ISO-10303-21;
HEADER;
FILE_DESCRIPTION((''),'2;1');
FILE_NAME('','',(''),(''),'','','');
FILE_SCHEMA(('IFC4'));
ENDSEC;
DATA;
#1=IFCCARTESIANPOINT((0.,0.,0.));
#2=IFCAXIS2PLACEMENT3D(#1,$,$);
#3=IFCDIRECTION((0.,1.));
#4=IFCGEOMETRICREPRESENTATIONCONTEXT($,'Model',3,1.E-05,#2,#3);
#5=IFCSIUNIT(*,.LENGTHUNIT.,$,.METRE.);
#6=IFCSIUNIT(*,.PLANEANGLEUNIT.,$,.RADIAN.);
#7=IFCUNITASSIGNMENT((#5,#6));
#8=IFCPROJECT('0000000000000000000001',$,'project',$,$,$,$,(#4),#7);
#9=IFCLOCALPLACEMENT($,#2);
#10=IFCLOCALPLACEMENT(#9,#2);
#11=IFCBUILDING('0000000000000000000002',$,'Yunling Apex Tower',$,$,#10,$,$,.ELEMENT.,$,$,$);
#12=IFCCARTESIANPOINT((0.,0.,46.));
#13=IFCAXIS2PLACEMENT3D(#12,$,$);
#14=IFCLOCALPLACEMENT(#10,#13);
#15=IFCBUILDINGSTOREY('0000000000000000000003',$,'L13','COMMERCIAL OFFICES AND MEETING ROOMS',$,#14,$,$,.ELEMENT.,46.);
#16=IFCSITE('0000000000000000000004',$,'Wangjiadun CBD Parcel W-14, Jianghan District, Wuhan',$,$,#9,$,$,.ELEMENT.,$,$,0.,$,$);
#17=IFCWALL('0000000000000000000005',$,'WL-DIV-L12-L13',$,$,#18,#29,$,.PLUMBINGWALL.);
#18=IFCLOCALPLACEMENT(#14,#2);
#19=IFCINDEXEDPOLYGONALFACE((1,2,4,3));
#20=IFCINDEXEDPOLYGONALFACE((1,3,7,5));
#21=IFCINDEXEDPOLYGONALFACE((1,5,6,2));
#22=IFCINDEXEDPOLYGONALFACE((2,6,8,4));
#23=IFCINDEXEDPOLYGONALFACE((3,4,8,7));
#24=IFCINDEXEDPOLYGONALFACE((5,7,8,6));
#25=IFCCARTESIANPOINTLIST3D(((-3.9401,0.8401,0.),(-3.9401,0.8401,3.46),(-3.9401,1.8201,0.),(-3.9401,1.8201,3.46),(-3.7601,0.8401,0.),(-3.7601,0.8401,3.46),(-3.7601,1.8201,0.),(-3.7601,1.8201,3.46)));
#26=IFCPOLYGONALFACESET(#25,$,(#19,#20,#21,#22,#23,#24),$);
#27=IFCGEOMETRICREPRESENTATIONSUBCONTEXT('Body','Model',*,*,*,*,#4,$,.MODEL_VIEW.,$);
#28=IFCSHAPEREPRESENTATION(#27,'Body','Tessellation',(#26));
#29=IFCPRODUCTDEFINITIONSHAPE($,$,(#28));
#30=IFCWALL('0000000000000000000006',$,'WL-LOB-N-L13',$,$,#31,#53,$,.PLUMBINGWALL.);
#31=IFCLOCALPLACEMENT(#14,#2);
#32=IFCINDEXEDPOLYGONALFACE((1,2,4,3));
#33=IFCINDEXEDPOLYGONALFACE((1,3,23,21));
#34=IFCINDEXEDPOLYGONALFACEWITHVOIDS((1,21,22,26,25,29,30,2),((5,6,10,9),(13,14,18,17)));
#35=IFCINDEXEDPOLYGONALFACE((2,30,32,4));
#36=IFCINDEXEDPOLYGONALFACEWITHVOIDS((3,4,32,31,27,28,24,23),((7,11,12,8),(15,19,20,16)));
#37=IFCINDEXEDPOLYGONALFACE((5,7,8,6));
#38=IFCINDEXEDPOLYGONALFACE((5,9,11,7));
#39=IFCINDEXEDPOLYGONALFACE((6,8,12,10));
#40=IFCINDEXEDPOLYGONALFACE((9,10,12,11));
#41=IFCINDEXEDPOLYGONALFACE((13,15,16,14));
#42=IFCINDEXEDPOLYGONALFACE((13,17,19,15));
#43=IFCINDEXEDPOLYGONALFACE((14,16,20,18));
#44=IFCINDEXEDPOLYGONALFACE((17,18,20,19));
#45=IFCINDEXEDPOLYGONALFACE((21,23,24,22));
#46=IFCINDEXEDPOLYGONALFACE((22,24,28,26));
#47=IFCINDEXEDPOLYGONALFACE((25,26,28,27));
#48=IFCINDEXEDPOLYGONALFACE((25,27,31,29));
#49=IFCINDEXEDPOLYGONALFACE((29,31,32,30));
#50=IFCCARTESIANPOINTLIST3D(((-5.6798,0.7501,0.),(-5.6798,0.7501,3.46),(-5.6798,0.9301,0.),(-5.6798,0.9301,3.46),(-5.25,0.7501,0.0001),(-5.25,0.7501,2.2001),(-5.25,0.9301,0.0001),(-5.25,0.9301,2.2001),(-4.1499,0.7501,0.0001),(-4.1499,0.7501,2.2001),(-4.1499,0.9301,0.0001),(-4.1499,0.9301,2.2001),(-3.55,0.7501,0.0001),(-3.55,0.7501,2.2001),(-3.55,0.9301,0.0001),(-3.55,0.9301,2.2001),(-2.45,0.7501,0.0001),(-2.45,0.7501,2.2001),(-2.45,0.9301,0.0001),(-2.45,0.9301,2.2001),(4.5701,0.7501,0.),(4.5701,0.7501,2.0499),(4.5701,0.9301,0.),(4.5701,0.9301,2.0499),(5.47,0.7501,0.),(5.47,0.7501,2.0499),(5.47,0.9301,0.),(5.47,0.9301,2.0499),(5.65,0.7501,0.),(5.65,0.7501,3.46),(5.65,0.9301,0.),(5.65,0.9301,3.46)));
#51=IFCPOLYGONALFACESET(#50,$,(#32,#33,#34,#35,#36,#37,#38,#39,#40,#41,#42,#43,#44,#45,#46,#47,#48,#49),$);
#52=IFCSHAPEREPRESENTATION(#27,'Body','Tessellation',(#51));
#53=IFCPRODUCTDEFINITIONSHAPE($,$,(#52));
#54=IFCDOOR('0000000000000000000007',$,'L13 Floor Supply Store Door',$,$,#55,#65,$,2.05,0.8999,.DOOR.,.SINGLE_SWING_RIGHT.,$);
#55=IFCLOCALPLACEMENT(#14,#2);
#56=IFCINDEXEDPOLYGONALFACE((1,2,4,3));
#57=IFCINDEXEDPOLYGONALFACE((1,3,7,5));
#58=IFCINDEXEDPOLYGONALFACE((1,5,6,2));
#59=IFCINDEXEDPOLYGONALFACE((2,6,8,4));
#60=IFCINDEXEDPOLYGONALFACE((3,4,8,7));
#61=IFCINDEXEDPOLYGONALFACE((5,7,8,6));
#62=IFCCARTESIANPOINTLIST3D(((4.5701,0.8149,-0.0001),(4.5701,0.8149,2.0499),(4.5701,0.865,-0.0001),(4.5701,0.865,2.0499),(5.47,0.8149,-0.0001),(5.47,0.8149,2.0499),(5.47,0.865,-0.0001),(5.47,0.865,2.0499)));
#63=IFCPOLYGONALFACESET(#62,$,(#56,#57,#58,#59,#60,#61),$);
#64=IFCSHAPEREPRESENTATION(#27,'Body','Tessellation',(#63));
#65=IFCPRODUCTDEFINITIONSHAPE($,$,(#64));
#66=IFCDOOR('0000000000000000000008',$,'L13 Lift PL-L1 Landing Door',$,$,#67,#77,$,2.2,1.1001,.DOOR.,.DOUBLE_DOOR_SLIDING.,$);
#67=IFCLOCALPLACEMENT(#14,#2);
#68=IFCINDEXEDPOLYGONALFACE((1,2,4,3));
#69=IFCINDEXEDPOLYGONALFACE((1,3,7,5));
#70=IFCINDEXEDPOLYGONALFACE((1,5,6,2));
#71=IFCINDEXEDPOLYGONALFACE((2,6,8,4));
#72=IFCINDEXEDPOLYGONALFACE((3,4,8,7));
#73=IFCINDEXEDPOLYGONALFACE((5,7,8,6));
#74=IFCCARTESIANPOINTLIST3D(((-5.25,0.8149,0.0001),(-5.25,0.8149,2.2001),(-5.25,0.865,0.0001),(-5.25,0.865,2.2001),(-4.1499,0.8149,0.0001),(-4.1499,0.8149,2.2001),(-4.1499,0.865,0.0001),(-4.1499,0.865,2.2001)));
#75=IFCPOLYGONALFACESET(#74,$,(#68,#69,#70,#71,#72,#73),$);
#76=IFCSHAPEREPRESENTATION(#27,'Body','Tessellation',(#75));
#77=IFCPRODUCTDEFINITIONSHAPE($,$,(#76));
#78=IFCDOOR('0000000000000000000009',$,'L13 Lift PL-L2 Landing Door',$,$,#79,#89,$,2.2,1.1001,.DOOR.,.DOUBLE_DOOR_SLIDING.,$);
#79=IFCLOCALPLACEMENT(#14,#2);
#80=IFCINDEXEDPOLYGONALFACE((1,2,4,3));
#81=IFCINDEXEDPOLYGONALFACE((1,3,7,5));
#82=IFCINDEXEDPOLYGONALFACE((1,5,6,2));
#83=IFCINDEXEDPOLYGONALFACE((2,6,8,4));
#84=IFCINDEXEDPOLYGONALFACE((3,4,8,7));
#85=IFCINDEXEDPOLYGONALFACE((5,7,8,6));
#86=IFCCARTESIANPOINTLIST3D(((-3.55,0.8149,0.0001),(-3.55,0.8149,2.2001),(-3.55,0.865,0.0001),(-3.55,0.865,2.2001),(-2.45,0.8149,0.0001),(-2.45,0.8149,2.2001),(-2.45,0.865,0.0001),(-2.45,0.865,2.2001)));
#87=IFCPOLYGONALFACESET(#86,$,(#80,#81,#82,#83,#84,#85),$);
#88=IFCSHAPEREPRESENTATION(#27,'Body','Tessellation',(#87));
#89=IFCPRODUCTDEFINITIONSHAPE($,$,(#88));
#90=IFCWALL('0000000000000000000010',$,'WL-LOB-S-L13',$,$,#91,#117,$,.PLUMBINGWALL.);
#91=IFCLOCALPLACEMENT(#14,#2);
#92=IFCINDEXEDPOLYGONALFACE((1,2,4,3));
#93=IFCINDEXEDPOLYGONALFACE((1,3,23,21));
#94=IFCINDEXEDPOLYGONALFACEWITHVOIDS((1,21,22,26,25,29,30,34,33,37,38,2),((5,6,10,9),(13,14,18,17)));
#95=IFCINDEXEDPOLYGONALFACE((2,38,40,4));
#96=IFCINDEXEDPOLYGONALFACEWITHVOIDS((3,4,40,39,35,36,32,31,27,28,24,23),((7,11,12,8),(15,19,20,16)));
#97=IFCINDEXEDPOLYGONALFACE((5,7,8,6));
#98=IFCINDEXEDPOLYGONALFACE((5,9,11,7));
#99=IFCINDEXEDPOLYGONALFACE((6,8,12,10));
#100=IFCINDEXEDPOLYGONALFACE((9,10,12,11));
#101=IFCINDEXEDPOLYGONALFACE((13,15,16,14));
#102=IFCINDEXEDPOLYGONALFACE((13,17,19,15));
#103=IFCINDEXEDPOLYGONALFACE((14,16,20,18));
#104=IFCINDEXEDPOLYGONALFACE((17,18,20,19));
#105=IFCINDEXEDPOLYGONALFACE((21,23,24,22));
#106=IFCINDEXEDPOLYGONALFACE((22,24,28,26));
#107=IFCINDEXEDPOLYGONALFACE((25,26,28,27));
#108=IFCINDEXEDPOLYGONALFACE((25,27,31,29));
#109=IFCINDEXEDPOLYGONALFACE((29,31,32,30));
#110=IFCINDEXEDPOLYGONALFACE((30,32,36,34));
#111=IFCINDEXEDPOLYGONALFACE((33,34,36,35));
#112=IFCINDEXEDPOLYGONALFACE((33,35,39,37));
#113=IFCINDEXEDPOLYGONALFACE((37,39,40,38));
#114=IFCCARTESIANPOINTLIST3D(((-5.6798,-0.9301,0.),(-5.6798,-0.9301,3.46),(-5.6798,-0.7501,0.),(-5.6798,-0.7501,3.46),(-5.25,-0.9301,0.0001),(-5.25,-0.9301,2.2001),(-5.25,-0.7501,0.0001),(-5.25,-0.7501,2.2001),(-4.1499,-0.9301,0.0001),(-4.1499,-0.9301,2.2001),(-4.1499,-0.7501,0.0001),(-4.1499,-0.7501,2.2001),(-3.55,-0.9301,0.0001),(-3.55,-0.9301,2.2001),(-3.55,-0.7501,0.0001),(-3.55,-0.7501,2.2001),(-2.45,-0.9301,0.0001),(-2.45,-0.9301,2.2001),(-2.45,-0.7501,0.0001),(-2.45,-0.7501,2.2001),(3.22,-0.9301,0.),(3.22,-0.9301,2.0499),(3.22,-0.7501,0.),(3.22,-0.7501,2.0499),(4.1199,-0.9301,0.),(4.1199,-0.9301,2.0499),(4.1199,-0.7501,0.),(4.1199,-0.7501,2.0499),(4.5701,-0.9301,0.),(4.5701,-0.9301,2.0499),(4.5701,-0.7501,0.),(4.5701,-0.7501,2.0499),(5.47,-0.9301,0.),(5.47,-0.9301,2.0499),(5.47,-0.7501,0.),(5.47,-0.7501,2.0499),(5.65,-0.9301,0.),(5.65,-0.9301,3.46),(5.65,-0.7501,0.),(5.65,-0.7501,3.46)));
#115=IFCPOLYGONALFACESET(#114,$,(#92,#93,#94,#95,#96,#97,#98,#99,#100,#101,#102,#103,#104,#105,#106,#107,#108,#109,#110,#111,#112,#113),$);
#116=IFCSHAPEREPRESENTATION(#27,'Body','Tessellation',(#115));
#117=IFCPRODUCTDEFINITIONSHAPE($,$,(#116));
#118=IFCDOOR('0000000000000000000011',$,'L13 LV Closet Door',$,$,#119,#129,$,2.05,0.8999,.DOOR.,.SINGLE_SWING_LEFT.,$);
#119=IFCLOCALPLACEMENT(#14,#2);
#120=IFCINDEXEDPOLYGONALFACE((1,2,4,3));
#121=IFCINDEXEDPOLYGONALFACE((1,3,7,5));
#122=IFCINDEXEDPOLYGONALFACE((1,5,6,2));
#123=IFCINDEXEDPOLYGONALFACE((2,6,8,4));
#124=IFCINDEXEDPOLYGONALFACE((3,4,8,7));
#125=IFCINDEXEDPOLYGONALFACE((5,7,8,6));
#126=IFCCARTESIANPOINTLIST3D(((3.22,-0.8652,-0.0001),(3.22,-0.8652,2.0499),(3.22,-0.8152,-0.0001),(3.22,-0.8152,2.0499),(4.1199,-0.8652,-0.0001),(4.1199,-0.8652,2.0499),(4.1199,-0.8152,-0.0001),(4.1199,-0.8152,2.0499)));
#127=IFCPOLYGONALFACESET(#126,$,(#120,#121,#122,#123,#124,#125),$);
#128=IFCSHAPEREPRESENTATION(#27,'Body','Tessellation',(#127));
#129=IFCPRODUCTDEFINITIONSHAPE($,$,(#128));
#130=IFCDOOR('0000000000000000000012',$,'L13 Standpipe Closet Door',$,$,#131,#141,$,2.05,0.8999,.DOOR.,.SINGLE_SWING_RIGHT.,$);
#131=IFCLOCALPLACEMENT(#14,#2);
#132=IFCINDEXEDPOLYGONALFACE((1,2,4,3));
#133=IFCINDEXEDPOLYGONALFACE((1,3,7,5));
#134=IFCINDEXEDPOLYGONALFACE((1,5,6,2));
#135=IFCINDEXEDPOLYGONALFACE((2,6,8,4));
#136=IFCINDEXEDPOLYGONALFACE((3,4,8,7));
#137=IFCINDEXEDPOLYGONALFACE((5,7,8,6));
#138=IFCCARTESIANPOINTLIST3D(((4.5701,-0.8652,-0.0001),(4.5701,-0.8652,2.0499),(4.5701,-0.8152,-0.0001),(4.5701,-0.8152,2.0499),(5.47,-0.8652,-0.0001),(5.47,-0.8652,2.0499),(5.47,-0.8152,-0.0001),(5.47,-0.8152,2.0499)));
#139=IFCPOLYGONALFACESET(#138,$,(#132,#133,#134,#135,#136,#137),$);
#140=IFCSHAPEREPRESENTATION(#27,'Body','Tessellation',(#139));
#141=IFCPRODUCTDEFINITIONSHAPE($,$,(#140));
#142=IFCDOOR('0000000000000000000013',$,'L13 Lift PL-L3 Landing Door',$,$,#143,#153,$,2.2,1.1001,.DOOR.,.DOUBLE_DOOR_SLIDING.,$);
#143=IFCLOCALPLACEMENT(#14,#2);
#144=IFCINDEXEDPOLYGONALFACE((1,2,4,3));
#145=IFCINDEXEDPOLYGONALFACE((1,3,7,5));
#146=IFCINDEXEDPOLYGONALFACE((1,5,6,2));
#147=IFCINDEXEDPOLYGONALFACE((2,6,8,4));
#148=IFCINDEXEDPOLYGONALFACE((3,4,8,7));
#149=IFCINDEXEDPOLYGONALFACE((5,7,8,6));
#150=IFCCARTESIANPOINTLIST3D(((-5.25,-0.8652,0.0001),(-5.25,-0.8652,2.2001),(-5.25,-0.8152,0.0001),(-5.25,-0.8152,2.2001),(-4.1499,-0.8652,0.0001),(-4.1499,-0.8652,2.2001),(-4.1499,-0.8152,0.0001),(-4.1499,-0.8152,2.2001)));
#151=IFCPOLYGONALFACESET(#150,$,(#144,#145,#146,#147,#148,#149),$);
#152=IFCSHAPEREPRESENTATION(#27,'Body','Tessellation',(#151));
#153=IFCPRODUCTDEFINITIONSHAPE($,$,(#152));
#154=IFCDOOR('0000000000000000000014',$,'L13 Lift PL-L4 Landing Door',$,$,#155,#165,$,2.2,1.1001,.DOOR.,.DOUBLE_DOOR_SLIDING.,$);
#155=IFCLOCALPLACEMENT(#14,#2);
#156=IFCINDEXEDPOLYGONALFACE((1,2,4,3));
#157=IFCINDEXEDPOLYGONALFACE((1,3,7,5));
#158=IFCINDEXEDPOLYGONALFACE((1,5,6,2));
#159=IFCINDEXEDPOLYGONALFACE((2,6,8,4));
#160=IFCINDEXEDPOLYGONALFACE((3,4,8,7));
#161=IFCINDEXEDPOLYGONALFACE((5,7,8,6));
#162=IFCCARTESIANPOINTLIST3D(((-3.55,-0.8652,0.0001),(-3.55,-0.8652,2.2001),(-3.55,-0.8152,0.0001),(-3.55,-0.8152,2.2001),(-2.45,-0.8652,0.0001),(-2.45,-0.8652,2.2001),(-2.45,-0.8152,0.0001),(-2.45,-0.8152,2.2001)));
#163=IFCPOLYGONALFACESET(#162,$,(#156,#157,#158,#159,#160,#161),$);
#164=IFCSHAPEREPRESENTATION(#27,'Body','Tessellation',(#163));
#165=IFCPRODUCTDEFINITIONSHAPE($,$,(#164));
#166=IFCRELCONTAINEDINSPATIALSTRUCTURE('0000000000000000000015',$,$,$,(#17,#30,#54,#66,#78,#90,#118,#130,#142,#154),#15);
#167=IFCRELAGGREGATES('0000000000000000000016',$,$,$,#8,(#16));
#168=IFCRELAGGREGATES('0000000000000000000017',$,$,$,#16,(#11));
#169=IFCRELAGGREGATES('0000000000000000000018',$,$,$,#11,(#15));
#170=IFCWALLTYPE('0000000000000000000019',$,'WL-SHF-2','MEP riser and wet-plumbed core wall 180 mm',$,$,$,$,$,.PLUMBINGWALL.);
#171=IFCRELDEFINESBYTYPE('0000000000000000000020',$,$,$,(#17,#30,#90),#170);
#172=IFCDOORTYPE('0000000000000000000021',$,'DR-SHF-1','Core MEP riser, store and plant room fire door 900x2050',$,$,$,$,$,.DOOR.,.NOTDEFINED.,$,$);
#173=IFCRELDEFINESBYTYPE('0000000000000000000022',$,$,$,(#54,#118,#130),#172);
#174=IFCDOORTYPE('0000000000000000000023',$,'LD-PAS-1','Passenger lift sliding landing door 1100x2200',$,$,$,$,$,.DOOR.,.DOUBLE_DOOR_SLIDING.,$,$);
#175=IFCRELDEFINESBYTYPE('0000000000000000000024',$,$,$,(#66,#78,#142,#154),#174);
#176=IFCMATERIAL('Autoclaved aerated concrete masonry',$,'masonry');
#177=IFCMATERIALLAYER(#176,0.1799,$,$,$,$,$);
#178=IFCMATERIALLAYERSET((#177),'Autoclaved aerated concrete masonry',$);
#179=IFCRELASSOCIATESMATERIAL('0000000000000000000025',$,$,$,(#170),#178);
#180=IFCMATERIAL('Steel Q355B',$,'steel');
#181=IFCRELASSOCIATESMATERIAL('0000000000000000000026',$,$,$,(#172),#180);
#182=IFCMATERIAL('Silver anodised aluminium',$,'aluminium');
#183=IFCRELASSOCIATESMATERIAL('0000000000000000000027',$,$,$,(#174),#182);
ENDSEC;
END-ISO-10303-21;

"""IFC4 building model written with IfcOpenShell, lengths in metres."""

from ifc_helpers import new_model, si_unit, direction, frame, frame_2d, origin, place, context, subcontext, project, spatial, rectangle, extrude, material, layer, layer_set, type_object, element, fill, save


model = new_model("IFC4")

# Units and contexts
model_context = context("Model", 3, precision=1e-05, world=origin(), true_north=direction((0.0, 1.0)))
body_context = subcontext(model_context, "Body", "Model", "MODEL_VIEW")
ifc_project = project(units=[si_unit("LENGTHUNIT", "METRE"), si_unit("PLANEANGLEUNIT", "RADIAN")], contexts=[model_context])

# Site, building, storey
site_placement = place(None, origin())
site = spatial("IfcSite", under=ifc_project, at=site_placement, Name="Wangjiadun CBD Parcel W-14, Jianghan District, Wuhan", CompositionType="ELEMENT", RefElevation=0.0)
building_placement = place(site_placement, origin())
building = spatial("IfcBuilding", under=site, at=building_placement, Name="Yunling Apex Tower", CompositionType="ELEMENT")
storey_placement = place(building_placement, frame((0.0, 0.0, 46.0)))
storey = spatial("IfcBuildingStorey", under=building, at=storey_placement, Name="L13", Description="COMMERCIAL OFFICES AND MEETING ROOMS", CompositionType="ELEMENT", Elevation=46.0)

# Shared definitions
ifc_material_1 = material(Name="Steel Q355B", Category="steel")

# Shared definitions
ifc_material_2 = material(Name="Autoclaved aerated concrete masonry", Category="masonry")

# Wall
ifc_layer_1 = layer(ifc_material_2, 0.1799)
ifc_layer_set_1 = layer_set([ifc_layer_1], Name="Autoclaved aerated concrete masonry")
wall_type_1 = type_object("IfcWallType", Name="WL-SHF-2", Description="MEP riser and wet-plumbed core wall 180 mm", PredefinedType="PLUMBINGWALL", material=ifc_layer_set_1)
wall_1_placement = place(storey_placement, frame((-3.8501, 0.8401, 0.0), z_axis=(0.0, 0.0, 1.0), x_axis=(0.0, 1.0, 0.0)))
element("IfcWall", 1, at=wall_1_placement, inside=storey, type_object=wall_type_1, Name="WL-DIV-L12-L13", PredefinedType="PLUMBINGWALL", context=body_context, shape_type="SweptSolid", body=[
    extrude(rectangle(XDim=0.98, YDim=0.1799, at=frame_2d((0.49, 0.0))), origin(), (0.0, 0.0, 1.0), 3.46),
])

# Walls, openings, doors
wall_2_placement = place(storey_placement, frame((-5.6799, 0.8401, 0.0), z_axis=(0.0, 0.0, 1.0), x_axis=(1.0, 0.0, 0.0)))
wall_2 = element("IfcWall", 2, at=wall_2_placement, inside=storey, type_object=wall_type_1, Name="WL-LOB-N-L13", PredefinedType="PLUMBINGWALL", context=body_context, shape_type="SweptSolid", body=[
    extrude(rectangle(XDim=11.3298, YDim=0.1799, at=frame_2d((5.665, 0.0))), origin(), (0.0, 0.0, 1.0), 3.46),
])
opening_1_placement = place(wall_2_placement, frame((0.4299, 0.0, 0.0)))
opening_1 = element("IfcOpeningElement", 3, at=opening_1_placement, cuts=wall_2, PredefinedType="OPENING", context=body_context, shape_type="SweptSolid", body=[
    extrude(rectangle(XDim=1.1001, YDim=2.2, at=frame_2d((0.55, 1.1001))), frame((0.0, 0.1001, 0.0), z_axis=(0.0, -1.0, 0.0), x_axis=(1.0, 0.0, 0.0)), (0.0, 0.0, 1.0), 0.2),
])
opening_2_placement = place(wall_2_placement, frame((2.1299, 0.0, 0.0)))
opening_2 = element("IfcOpeningElement", 4, at=opening_2_placement, cuts=wall_2, PredefinedType="OPENING", context=body_context, shape_type="SweptSolid", body=[
    extrude(rectangle(XDim=1.1001, YDim=2.2, at=frame_2d((0.55, 1.1001))), frame((0.0, 0.1001, 0.0), z_axis=(0.0, -1.0, 0.0), x_axis=(1.0, 0.0, 0.0)), (0.0, 0.0, 1.0), 0.2),
])
opening_3_placement = place(wall_2_placement, frame((10.25, 0.0, 0.0)))
opening_3 = element("IfcOpeningElement", 5, at=opening_3_placement, cuts=wall_2, PredefinedType="OPENING", context=body_context, shape_type="SweptSolid", body=[
    extrude(rectangle(XDim=0.8999, YDim=2.05, at=frame_2d((0.45, 1.0249))), frame((0.0, 0.1001, 0.0), z_axis=(0.0, -1.0, 0.0), x_axis=(1.0, 0.0, 0.0)), (0.0, 0.0, 1.0), 0.2),
])
door_type_1 = type_object("IfcDoorType", Name="DR-SHF-1", Description="Core MEP riser, store and plant room fire door 900x2050", OperationType="NOTDEFINED", PredefinedType="DOOR", material=ifc_material_1)
door_1_placement = place(opening_3_placement, origin())
door_1 = element("IfcDoor", 6, at=door_1_placement, inside=storey, type_object=door_type_1, Name="L13 Floor Supply Store Door", OperationType="SINGLE_SWING_RIGHT", OverallHeight=2.05, OverallWidth=0.8999, PredefinedType="DOOR", context=body_context, shape_type="SweptSolid", body=[
    extrude(rectangle(XDim=0.8999, YDim=2.05, at=frame_2d((0.45, 1.0249))), frame((0.0, 0.0249, 0.0), z_axis=(0.0, -1.0, 0.0), x_axis=(1.0, 0.0, 0.0)), (0.0, 0.0, 1.0), 0.05),
])
fill(opening_3, door_1)
ifc_material_3 = material(Name="Silver anodised aluminium", Category="aluminium")
door_type_2 = type_object("IfcDoorType", Name="LD-PAS-1", Description="Passenger lift sliding landing door 1100x2200", OperationType="DOUBLE_DOOR_SLIDING", PredefinedType="DOOR", material=ifc_material_3)
door_2_placement = place(opening_1_placement, origin())
door_2 = element("IfcDoor", 7, at=door_2_placement, inside=storey, type_object=door_type_2, Name="L13 Lift PL-L1 Landing Door", OperationType="DOUBLE_DOOR_SLIDING", OverallHeight=2.2, OverallWidth=1.1001, PredefinedType="DOOR", context=body_context, shape_type="SweptSolid", body=[
    extrude(rectangle(XDim=1.1001, YDim=2.2, at=frame_2d((0.55, 1.1001))), frame((0.0, 0.0249, 0.0), z_axis=(0.0, -1.0, 0.0), x_axis=(1.0, 0.0, 0.0)), (0.0, 0.0, 1.0), 0.05),
])
fill(opening_1, door_2)
door_3_placement = place(opening_2_placement, origin())
door_3 = element("IfcDoor", 8, at=door_3_placement, inside=storey, type_object=door_type_2, Name="L13 Lift PL-L2 Landing Door", OperationType="DOUBLE_DOOR_SLIDING", OverallHeight=2.2, OverallWidth=1.1001, PredefinedType="DOOR", context=body_context, shape_type="SweptSolid", body=[
    extrude(rectangle(XDim=1.1001, YDim=2.2, at=frame_2d((0.55, 1.1001))), frame((0.0, 0.0249, 0.0), z_axis=(0.0, -1.0, 0.0), x_axis=(1.0, 0.0, 0.0)), (0.0, 0.0, 1.0), 0.05),
])
fill(opening_2, door_3)
wall_3_placement = place(storey_placement, frame((-5.6799, -0.8401, 0.0), z_axis=(0.0, 0.0, 1.0), x_axis=(1.0, 0.0, 0.0)))
wall_3 = element("IfcWall", 9, at=wall_3_placement, inside=storey, type_object=wall_type_1, Name="WL-LOB-S-L13", PredefinedType="PLUMBINGWALL", context=body_context, shape_type="SweptSolid", body=[
    extrude(rectangle(XDim=11.3298, YDim=0.1799, at=frame_2d((5.665, 0.0))), origin(), (0.0, 0.0, 1.0), 3.46),
])
opening_4_placement = place(wall_3_placement, frame((0.4299, 0.0, 0.0)))
opening_4 = element("IfcOpeningElement", 10, at=opening_4_placement, cuts=wall_3, PredefinedType="OPENING", context=body_context, shape_type="SweptSolid", body=[
    extrude(rectangle(XDim=1.1001, YDim=2.2, at=frame_2d((0.55, 1.1001))), frame((0.0, 0.1001, 0.0), z_axis=(0.0, -1.0, 0.0), x_axis=(1.0, 0.0, 0.0)), (0.0, 0.0, 1.0), 0.2),
])
opening_5_placement = place(wall_3_placement, frame((2.1299, 0.0, 0.0)))
opening_5 = element("IfcOpeningElement", 11, at=opening_5_placement, cuts=wall_3, PredefinedType="OPENING", context=body_context, shape_type="SweptSolid", body=[
    extrude(rectangle(XDim=1.1001, YDim=2.2, at=frame_2d((0.55, 1.1001))), frame((0.0, 0.1001, 0.0), z_axis=(0.0, -1.0, 0.0), x_axis=(1.0, 0.0, 0.0)), (0.0, 0.0, 1.0), 0.2),
])
opening_6_placement = place(wall_3_placement, frame((8.8999, 0.0, 0.0)))
opening_6 = element("IfcOpeningElement", 12, at=opening_6_placement, cuts=wall_3, PredefinedType="OPENING", context=body_context, shape_type="SweptSolid", body=[
    extrude(rectangle(XDim=0.8999, YDim=2.05, at=frame_2d((0.45, 1.0249))), frame((0.0, 0.1001, 0.0), z_axis=(0.0, -1.0, 0.0), x_axis=(1.0, 0.0, 0.0)), (0.0, 0.0, 1.0), 0.2),
])
opening_7_placement = place(wall_3_placement, frame((10.25, 0.0, 0.0)))
opening_7 = element("IfcOpeningElement", 13, at=opening_7_placement, cuts=wall_3, PredefinedType="OPENING", context=body_context, shape_type="SweptSolid", body=[
    extrude(rectangle(XDim=0.8999, YDim=2.05, at=frame_2d((0.45, 1.0249))), frame((0.0, 0.1001, 0.0), z_axis=(0.0, -1.0, 0.0), x_axis=(1.0, 0.0, 0.0)), (0.0, 0.0, 1.0), 0.2),
])
door_4_placement = place(opening_6_placement, origin())
door_4 = element("IfcDoor", 14, at=door_4_placement, inside=storey, type_object=door_type_1, Name="L13 LV Closet Door", OperationType="SINGLE_SWING_LEFT", OverallHeight=2.05, OverallWidth=0.8999, PredefinedType="DOOR", context=body_context, shape_type="SweptSolid", body=[
    extrude(rectangle(XDim=0.8999, YDim=2.05, at=frame_2d((0.45, 1.0249))), frame((0.0, 0.0249, 0.0), z_axis=(0.0, -1.0, 0.0), x_axis=(1.0, 0.0, 0.0)), (0.0, 0.0, 1.0), 0.05),
])
fill(opening_6, door_4)
door_5_placement = place(opening_7_placement, origin())
door_5 = element("IfcDoor", 15, at=door_5_placement, inside=storey, type_object=door_type_1, Name="L13 Standpipe Closet Door", OperationType="SINGLE_SWING_RIGHT", OverallHeight=2.05, OverallWidth=0.8999, PredefinedType="DOOR", context=body_context, shape_type="SweptSolid", body=[
    extrude(rectangle(XDim=0.8999, YDim=2.05, at=frame_2d((0.45, 1.0249))), frame((0.0, 0.0249, 0.0), z_axis=(0.0, -1.0, 0.0), x_axis=(1.0, 0.0, 0.0)), (0.0, 0.0, 1.0), 0.05),
])
fill(opening_7, door_5)
door_6_placement = place(opening_4_placement, origin())
door_6 = element("IfcDoor", 16, at=door_6_placement, inside=storey, type_object=door_type_2, Name="L13 Lift PL-L3 Landing Door", OperationType="DOUBLE_DOOR_SLIDING", OverallHeight=2.2, OverallWidth=1.1001, PredefinedType="DOOR", context=body_context, shape_type="SweptSolid", body=[
    extrude(rectangle(XDim=1.1001, YDim=2.2, at=frame_2d((0.55, 1.1001))), frame((0.0, 0.0249, 0.0), z_axis=(0.0, -1.0, 0.0), x_axis=(1.0, 0.0, 0.0)), (0.0, 0.0, 1.0), 0.05),
])
fill(opening_4, door_6)
door_7_placement = place(opening_5_placement, origin())
door_7 = element("IfcDoor", 17, at=door_7_placement, inside=storey, type_object=door_type_2, Name="L13 Lift PL-L4 Landing Door", OperationType="DOUBLE_DOOR_SLIDING", OverallHeight=2.2, OverallWidth=1.1001, PredefinedType="DOOR", context=body_context, shape_type="SweptSolid", body=[
    extrude(rectangle(XDim=1.1001, YDim=2.2, at=frame_2d((0.55, 1.1001))), frame((0.0, 0.0249, 0.0), z_axis=(0.0, -1.0, 0.0), x_axis=(1.0, 0.0, 0.0)), (0.0, 0.0, 1.0), 0.05),
])
fill(opening_5, door_7)

save(model, "model.ifc")
